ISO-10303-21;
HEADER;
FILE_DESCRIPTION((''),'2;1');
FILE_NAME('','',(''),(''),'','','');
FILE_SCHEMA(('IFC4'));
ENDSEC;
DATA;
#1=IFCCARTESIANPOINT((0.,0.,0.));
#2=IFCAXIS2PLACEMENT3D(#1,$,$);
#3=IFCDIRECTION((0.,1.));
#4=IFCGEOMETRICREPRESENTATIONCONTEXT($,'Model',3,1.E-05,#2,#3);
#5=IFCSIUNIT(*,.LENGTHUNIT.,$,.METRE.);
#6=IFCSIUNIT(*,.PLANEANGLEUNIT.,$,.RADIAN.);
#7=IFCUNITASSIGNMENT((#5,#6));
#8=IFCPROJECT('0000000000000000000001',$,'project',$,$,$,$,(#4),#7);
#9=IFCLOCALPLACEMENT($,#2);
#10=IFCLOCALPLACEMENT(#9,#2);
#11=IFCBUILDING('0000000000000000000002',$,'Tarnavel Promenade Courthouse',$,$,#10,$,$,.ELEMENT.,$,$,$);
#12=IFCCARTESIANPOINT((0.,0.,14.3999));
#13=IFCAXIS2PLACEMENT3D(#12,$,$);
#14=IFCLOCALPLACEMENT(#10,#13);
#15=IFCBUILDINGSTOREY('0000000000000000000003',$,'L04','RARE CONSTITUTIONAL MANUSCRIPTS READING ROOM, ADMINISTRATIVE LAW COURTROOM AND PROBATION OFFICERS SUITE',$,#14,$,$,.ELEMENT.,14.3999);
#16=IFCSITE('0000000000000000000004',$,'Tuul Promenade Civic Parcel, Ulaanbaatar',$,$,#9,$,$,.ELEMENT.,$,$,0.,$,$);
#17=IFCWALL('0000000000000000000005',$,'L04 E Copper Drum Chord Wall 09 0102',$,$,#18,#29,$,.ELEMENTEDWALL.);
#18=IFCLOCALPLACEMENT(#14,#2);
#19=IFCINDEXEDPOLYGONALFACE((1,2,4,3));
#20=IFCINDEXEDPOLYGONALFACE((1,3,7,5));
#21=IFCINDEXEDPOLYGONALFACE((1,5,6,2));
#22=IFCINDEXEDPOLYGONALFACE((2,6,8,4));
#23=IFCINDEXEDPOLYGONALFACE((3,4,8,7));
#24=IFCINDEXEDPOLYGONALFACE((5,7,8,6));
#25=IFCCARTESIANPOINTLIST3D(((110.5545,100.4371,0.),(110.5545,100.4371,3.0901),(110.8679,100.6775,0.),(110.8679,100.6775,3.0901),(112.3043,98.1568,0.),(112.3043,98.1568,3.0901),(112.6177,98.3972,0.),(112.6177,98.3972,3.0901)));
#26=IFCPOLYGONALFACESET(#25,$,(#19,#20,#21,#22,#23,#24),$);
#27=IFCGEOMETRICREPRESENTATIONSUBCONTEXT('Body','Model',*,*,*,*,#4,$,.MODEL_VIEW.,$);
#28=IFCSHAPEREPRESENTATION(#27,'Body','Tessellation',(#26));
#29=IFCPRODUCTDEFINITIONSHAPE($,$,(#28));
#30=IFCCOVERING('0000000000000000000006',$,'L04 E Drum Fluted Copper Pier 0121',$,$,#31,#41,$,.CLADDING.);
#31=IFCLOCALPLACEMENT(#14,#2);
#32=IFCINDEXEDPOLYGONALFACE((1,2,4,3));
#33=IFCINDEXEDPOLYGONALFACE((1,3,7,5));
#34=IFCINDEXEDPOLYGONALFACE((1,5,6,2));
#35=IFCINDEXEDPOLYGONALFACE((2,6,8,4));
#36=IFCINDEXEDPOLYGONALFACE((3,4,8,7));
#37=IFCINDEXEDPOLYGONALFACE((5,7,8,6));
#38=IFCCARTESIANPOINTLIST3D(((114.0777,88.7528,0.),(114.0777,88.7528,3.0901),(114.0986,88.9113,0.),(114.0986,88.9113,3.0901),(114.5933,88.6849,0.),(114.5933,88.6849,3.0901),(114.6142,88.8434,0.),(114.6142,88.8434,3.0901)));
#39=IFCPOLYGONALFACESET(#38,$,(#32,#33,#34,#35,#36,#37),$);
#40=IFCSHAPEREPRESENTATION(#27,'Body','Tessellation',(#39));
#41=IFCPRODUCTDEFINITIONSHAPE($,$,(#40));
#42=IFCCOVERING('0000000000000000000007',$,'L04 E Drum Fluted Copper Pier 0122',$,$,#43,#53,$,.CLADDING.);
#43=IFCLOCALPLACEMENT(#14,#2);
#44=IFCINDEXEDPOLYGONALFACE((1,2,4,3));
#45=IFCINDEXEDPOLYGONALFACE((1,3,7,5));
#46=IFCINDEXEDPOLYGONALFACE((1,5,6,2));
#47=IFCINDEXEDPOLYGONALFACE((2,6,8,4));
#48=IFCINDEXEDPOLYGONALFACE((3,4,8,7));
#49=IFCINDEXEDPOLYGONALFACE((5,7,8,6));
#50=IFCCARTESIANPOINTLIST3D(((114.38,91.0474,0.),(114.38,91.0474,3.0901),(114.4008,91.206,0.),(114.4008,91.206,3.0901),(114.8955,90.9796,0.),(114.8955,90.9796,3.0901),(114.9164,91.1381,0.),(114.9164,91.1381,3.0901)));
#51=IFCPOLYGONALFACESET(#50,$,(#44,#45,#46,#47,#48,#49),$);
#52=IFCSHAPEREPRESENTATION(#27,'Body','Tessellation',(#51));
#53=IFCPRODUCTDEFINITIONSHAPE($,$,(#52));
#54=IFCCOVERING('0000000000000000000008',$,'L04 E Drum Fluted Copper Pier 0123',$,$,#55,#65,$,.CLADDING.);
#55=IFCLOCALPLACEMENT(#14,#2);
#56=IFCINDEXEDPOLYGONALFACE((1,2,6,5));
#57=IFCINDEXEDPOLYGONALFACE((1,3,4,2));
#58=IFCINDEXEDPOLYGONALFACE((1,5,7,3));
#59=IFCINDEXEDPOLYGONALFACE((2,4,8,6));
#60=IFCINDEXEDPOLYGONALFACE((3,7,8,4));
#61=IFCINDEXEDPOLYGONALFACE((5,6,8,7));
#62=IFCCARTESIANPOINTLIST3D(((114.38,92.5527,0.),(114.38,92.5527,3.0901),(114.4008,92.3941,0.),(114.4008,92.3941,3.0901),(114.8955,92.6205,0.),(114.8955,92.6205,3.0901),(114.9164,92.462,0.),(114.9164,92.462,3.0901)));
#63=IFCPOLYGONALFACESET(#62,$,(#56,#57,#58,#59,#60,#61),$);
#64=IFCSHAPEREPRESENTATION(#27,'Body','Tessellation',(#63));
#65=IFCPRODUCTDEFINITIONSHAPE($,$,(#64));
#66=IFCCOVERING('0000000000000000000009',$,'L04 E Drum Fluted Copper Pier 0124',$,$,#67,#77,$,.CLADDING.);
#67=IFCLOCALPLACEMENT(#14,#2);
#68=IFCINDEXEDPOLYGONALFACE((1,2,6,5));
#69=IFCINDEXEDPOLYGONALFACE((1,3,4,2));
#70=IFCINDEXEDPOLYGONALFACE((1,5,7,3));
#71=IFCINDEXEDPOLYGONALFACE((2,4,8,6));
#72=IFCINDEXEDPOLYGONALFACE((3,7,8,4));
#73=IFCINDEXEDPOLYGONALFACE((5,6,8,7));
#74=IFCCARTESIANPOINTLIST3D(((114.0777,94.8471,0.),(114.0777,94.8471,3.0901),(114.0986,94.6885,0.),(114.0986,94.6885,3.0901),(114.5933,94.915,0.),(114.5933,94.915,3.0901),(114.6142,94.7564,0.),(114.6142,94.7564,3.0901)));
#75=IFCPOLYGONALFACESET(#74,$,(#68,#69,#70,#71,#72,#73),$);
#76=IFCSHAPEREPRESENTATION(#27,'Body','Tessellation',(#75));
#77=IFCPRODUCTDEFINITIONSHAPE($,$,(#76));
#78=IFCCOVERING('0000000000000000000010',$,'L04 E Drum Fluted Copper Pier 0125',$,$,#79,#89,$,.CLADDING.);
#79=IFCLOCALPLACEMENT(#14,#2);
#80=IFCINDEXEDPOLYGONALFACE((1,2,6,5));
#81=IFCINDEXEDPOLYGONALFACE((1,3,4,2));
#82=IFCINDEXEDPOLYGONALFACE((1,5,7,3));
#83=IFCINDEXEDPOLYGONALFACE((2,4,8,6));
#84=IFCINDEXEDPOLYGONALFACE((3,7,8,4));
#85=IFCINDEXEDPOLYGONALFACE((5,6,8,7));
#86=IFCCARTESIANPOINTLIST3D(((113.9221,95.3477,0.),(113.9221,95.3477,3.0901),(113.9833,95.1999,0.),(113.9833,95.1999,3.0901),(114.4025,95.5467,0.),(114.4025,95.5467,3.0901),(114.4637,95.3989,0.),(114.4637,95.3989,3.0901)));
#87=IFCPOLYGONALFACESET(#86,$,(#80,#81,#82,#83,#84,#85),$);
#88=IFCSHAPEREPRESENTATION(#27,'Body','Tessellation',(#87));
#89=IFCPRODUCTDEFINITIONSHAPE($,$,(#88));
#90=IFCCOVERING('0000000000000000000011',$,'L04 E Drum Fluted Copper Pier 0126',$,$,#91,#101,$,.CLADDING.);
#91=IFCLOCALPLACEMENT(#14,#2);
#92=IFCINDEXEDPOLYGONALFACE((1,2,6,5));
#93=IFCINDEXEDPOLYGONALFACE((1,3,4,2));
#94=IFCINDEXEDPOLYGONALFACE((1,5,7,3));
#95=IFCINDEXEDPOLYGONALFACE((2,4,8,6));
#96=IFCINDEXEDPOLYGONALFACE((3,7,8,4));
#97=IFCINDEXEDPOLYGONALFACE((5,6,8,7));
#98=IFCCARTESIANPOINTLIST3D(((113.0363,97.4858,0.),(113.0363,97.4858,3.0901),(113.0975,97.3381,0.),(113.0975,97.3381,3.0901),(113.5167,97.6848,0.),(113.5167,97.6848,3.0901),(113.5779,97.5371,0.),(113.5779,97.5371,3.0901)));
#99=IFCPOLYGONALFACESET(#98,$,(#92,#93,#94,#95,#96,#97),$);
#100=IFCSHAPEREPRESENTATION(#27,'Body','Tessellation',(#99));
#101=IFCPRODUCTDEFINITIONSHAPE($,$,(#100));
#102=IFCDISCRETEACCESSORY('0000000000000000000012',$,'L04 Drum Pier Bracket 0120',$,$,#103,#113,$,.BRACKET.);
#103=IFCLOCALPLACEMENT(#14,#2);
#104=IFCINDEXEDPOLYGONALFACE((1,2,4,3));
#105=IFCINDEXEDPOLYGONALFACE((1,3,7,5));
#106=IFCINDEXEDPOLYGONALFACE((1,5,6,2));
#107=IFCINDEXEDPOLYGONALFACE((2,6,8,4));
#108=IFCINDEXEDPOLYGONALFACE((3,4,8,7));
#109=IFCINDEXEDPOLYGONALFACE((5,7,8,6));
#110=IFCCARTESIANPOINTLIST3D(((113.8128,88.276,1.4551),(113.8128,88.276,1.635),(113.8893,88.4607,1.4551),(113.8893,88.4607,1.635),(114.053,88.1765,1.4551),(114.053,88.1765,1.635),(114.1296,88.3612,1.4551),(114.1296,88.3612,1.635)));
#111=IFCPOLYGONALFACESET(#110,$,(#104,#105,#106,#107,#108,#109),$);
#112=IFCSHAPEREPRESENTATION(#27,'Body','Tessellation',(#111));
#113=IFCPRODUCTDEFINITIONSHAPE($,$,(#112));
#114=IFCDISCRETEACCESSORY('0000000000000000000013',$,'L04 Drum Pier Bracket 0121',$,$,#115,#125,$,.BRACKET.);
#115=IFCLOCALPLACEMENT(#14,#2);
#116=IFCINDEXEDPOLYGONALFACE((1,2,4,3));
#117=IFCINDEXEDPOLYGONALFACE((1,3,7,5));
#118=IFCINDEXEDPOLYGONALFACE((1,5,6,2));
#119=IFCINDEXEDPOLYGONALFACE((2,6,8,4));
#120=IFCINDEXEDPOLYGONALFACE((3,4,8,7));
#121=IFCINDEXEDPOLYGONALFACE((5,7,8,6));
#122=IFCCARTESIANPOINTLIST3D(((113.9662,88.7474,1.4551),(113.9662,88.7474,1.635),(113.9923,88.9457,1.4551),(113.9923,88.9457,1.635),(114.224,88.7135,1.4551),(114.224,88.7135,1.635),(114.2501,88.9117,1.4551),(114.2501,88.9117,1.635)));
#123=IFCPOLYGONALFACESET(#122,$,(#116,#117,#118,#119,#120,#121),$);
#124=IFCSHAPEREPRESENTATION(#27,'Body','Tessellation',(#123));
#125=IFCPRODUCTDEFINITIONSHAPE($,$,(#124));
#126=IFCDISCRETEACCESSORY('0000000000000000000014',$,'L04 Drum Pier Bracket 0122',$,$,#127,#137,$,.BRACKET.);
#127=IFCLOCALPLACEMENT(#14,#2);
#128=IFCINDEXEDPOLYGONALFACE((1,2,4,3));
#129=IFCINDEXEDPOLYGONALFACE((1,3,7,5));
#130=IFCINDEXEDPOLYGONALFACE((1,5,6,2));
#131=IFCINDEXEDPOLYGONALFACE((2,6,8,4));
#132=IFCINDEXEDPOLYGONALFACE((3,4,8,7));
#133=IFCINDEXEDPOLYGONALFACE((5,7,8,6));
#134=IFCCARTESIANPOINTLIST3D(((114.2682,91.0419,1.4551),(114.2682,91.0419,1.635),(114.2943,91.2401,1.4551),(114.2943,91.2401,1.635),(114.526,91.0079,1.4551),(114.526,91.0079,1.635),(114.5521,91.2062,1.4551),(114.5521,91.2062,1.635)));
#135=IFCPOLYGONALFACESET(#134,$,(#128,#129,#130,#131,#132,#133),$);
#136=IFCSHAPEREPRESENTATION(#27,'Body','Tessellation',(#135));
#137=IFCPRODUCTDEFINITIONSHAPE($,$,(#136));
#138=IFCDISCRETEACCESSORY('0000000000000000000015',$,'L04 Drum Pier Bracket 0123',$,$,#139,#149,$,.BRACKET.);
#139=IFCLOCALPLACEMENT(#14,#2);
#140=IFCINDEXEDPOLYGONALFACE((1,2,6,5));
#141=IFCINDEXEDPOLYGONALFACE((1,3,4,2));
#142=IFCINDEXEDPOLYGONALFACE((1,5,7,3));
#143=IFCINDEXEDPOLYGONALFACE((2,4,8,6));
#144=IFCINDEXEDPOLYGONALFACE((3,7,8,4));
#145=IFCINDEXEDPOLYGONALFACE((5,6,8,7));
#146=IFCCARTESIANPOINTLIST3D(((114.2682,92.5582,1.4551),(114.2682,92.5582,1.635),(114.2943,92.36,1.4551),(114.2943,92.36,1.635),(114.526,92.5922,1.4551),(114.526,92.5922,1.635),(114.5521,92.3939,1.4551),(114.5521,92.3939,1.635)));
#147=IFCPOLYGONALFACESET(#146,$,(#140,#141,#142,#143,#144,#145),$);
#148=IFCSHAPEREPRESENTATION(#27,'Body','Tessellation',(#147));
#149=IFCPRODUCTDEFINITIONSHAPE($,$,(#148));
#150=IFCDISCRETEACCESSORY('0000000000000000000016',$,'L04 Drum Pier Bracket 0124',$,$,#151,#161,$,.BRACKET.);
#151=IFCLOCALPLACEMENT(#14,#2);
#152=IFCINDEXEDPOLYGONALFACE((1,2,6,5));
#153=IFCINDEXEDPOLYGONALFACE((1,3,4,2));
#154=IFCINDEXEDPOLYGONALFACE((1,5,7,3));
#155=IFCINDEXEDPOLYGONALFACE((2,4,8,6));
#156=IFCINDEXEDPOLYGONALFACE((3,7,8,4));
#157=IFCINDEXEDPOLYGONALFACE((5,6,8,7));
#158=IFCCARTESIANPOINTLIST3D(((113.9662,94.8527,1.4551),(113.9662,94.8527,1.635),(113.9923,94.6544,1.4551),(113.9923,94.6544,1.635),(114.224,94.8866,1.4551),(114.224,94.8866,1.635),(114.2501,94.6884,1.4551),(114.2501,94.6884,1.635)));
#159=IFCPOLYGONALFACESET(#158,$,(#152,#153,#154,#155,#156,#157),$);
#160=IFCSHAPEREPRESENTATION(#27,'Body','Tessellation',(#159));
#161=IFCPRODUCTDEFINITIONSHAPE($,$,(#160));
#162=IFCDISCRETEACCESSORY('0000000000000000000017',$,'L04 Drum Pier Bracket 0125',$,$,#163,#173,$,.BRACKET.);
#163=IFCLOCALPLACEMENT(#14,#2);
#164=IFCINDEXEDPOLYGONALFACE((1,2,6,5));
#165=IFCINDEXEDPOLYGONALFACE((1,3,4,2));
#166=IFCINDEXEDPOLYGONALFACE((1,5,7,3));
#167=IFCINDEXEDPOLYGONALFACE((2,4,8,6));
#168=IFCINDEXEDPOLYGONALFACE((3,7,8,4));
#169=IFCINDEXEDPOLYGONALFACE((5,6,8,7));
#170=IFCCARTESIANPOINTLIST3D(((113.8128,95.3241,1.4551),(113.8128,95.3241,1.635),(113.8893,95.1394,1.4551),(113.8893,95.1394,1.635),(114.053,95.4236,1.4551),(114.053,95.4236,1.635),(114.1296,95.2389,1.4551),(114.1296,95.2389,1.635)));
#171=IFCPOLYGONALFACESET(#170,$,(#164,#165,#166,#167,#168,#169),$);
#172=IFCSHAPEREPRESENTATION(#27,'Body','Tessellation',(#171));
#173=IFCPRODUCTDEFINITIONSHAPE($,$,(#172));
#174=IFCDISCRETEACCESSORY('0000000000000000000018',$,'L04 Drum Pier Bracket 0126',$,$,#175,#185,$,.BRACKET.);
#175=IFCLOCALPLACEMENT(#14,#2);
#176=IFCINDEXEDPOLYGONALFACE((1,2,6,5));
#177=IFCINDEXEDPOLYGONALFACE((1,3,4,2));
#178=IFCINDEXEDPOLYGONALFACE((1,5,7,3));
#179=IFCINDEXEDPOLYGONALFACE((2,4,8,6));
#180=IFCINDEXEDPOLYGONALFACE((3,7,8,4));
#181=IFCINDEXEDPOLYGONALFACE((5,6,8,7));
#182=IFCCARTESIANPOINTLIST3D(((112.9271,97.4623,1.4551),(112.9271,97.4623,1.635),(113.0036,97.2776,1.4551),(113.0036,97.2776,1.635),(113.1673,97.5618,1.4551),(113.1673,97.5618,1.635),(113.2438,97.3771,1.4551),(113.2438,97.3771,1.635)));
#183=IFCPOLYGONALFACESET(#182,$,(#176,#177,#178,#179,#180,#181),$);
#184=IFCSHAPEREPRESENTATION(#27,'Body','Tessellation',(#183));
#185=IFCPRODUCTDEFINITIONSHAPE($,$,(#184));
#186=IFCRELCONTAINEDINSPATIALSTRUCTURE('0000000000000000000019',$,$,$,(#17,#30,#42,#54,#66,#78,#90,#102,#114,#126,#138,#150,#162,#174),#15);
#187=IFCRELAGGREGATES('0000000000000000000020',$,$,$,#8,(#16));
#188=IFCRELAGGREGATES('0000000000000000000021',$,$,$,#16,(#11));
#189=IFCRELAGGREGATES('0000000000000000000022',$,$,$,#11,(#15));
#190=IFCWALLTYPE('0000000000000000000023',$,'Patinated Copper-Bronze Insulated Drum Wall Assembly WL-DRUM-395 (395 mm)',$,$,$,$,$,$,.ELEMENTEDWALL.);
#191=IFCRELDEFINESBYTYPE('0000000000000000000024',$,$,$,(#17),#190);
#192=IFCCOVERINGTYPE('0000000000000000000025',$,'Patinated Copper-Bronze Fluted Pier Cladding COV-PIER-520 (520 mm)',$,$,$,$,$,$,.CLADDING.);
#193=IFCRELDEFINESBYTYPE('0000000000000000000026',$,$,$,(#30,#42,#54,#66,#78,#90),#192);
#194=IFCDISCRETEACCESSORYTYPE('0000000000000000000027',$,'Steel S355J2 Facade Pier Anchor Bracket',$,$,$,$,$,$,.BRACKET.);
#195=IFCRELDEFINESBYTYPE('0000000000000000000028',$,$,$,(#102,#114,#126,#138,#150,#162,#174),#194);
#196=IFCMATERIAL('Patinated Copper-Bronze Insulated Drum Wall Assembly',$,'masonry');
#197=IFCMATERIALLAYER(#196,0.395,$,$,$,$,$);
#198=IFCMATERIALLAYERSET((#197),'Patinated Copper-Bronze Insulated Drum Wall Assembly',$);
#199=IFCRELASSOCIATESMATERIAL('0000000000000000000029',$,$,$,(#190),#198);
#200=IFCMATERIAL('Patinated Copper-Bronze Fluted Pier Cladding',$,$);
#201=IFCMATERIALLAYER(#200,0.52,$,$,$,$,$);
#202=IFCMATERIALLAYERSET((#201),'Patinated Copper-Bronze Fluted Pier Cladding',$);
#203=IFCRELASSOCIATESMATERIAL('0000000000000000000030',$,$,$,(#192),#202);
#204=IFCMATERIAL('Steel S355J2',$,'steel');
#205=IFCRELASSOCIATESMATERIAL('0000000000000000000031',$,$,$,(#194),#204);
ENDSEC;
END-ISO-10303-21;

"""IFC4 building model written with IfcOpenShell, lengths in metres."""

from ifc_helpers import new_model, si_unit, direction, frame, frame_2d, origin, origin_2d, place, context, subcontext, project, spatial, rectangle, extrude, material, layer, layer_set, type_object, element, save


model = new_model("IFC4")

# Units and contexts
model_context = context("Model", 3, precision=1e-05, world=origin(), true_north=direction((0.0, 1.0)))
body_context = subcontext(model_context, "Body", "Model", "MODEL_VIEW")
ifc_project = project(units=[si_unit("LENGTHUNIT", "METRE"), si_unit("PLANEANGLEUNIT", "RADIAN")], contexts=[model_context])

# Site, building, storey
site_placement = place(None, origin())
site = spatial("IfcSite", under=ifc_project, at=site_placement, Name="Tuul Promenade Civic Parcel, Ulaanbaatar", CompositionType="ELEMENT", RefElevation=0.0)
building_placement = place(site_placement, origin())
building = spatial("IfcBuilding", under=site, at=building_placement, Name="Tarnavel Promenade Courthouse", CompositionType="ELEMENT")
storey_placement = place(building_placement, frame((0.0, 0.0, 14.3999)))
storey = spatial("IfcBuildingStorey", under=building, at=storey_placement, Name="L04", Description="RARE CONSTITUTIONAL MANUSCRIPTS READING ROOM, ADMINISTRATIVE LAW COURTROOM AND PROBATION OFFICERS SUITE", CompositionType="ELEMENT", Elevation=14.3999)

# Shared definitions
ifc_material_1 = material(Name="Steel S355J2", Category="steel")

# Shared definitions
ifc_material_2 = material(Name="Patinated Copper-Bronze Insulated Drum Wall Assembly", Category="masonry")
ifc_layer_1 = layer(ifc_material_2, 0.395)
ifc_layer_set_1 = layer_set([ifc_layer_1], Name="Patinated Copper-Bronze Insulated Drum Wall Assembly")
wall_type_1 = type_object("IfcWallType", Name="Patinated Copper-Bronze Insulated Drum Wall Assembly WL-DRUM-395 (395 mm)", PredefinedType="ELEMENTEDWALL", material=ifc_layer_set_1)

# Wall
wall_1_placement = place(storey_placement, frame((112.4609, 98.2771, 0.0), z_axis=(0.0, 0.0, 1.0), x_axis=(-0.60877, 0.793347, 0.0)))
element("IfcWall", 1, at=wall_1_placement, inside=storey, type_object=wall_type_1, Name="L04 E Copper Drum Chord Wall 09 0102", PredefinedType="ELEMENTEDWALL", context=body_context, shape_type="SweptSolid", body=[
    extrude(rectangle(XDim=2.8743, YDim=0.395, at=frame_2d((1.437, 0.0))), origin(), (0.0, 0.0, 1.0), 3.0901),
])

# Coverings
ifc_material_3 = material(Name="Patinated Copper-Bronze Fluted Pier Cladding")
ifc_layer_2 = layer(ifc_material_3, 0.52)
ifc_layer_set_2 = layer_set([ifc_layer_2], Name="Patinated Copper-Bronze Fluted Pier Cladding")
covering_type = type_object("IfcCoveringType", Name="Patinated Copper-Bronze Fluted Pier Cladding COV-PIER-520 (520 mm)", PredefinedType="CLADDING", material=ifc_layer_set_2)
for number, where, z_axis, x_axis, name in (
    (2, (114.3459, 88.7981, 0.0), (0.0, 0.0, 1.0), (0.130526, 0.991445, 0.0), "L04 E Drum Fluted Copper Pier 0121"),
    (3, (114.6482, 91.0928, 0.0), (0.0, 0.0, 1.0), (0.130526, 0.991445, 0.0), "L04 E Drum Fluted Copper Pier 0122"),
    (4, (114.6482, 92.5073, 0.0), (0.0, 0.0, 1.0), (-0.130526, 0.991445, 0.0), "L04 E Drum Fluted Copper Pier 0123"),
    (5, (114.3459, 94.8018, 0.0), (0.0, 0.0, 1.0), (-0.130526, 0.991445, 0.0), "L04 E Drum Fluted Copper Pier 0124"),
    (6, (114.1929, 95.3733, 0.0), (0.0, 0.0, 1.0), (-0.382683, 0.92388, 0.0), "L04 E Drum Fluted Copper Pier 0125"),
    (7, (113.3071, 97.5115, 0.0), (0.0, 0.0, 1.0), (-0.382683, 0.92388, 0.0), "L04 E Drum Fluted Copper Pier 0126"),
):
    element("IfcCovering", number, at=place(storey_placement, frame(where, z_axis=z_axis, x_axis=x_axis)), inside=storey, type_object=covering_type, Name=name, PredefinedType="CLADDING", context=body_context, shape_type="SweptSolid", body=[
        extrude(rectangle(XDim=0.1599, YDim=0.52, at=origin_2d()), origin(), (0.0, 0.0, 1.0), 3.0901),
    ])

# Discrete accessories
discrete_accessory_type = type_object("IfcDiscreteAccessoryType", Name="Steel S355J2 Facade Pier Anchor Bracket", PredefinedType="BRACKET", material=ifc_material_1)
for number, where, z_axis, x_axis, name in (
    (8, (113.9712, 88.3186, 1.4551), (0.0, 0.0, 1.0), (0.382683, 0.92388, 0.0), "L04 Drum Pier Bracket 0120"),
    (9, (114.1082, 88.8296, 1.4551), (0.0, 0.0, 1.0), (0.130526, 0.991445, 0.0), "L04 Drum Pier Bracket 0121"),
    (10, (114.4102, 91.124, 1.4551), (0.0, 0.0, 1.0), (0.130526, 0.991445, 0.0), "L04 Drum Pier Bracket 0122"),
    (11, (114.4102, 92.4761, 1.4551), (0.0, 0.0, 1.0), (-0.130526, 0.991445, 0.0), "L04 Drum Pier Bracket 0123"),
    (12, (114.1082, 94.7705, 1.4551), (0.0, 0.0, 1.0), (-0.130526, 0.991445, 0.0), "L04 Drum Pier Bracket 0124"),
    (13, (113.9712, 95.2815, 1.4551), (0.0, 0.0, 1.0), (-0.382683, 0.92388, 0.0), "L04 Drum Pier Bracket 0125"),
    (14, (113.0854, 97.4197, 1.4551), (0.0, 0.0, 1.0), (-0.382683, 0.92388, 0.0), "L04 Drum Pier Bracket 0126"),
):
    element("IfcDiscreteAccessory", number, at=place(storey_placement, frame(where, z_axis=z_axis, x_axis=x_axis)), inside=storey, type_object=discrete_accessory_type, Name=name, PredefinedType="BRACKET", context=body_context, shape_type="SweptSolid", body=[
        extrude(rectangle(XDim=0.2, YDim=0.26, at=origin_2d()), origin(), (0.0, 0.0, 1.0), 0.1799),
    ])

save(model, "model.ifc")
